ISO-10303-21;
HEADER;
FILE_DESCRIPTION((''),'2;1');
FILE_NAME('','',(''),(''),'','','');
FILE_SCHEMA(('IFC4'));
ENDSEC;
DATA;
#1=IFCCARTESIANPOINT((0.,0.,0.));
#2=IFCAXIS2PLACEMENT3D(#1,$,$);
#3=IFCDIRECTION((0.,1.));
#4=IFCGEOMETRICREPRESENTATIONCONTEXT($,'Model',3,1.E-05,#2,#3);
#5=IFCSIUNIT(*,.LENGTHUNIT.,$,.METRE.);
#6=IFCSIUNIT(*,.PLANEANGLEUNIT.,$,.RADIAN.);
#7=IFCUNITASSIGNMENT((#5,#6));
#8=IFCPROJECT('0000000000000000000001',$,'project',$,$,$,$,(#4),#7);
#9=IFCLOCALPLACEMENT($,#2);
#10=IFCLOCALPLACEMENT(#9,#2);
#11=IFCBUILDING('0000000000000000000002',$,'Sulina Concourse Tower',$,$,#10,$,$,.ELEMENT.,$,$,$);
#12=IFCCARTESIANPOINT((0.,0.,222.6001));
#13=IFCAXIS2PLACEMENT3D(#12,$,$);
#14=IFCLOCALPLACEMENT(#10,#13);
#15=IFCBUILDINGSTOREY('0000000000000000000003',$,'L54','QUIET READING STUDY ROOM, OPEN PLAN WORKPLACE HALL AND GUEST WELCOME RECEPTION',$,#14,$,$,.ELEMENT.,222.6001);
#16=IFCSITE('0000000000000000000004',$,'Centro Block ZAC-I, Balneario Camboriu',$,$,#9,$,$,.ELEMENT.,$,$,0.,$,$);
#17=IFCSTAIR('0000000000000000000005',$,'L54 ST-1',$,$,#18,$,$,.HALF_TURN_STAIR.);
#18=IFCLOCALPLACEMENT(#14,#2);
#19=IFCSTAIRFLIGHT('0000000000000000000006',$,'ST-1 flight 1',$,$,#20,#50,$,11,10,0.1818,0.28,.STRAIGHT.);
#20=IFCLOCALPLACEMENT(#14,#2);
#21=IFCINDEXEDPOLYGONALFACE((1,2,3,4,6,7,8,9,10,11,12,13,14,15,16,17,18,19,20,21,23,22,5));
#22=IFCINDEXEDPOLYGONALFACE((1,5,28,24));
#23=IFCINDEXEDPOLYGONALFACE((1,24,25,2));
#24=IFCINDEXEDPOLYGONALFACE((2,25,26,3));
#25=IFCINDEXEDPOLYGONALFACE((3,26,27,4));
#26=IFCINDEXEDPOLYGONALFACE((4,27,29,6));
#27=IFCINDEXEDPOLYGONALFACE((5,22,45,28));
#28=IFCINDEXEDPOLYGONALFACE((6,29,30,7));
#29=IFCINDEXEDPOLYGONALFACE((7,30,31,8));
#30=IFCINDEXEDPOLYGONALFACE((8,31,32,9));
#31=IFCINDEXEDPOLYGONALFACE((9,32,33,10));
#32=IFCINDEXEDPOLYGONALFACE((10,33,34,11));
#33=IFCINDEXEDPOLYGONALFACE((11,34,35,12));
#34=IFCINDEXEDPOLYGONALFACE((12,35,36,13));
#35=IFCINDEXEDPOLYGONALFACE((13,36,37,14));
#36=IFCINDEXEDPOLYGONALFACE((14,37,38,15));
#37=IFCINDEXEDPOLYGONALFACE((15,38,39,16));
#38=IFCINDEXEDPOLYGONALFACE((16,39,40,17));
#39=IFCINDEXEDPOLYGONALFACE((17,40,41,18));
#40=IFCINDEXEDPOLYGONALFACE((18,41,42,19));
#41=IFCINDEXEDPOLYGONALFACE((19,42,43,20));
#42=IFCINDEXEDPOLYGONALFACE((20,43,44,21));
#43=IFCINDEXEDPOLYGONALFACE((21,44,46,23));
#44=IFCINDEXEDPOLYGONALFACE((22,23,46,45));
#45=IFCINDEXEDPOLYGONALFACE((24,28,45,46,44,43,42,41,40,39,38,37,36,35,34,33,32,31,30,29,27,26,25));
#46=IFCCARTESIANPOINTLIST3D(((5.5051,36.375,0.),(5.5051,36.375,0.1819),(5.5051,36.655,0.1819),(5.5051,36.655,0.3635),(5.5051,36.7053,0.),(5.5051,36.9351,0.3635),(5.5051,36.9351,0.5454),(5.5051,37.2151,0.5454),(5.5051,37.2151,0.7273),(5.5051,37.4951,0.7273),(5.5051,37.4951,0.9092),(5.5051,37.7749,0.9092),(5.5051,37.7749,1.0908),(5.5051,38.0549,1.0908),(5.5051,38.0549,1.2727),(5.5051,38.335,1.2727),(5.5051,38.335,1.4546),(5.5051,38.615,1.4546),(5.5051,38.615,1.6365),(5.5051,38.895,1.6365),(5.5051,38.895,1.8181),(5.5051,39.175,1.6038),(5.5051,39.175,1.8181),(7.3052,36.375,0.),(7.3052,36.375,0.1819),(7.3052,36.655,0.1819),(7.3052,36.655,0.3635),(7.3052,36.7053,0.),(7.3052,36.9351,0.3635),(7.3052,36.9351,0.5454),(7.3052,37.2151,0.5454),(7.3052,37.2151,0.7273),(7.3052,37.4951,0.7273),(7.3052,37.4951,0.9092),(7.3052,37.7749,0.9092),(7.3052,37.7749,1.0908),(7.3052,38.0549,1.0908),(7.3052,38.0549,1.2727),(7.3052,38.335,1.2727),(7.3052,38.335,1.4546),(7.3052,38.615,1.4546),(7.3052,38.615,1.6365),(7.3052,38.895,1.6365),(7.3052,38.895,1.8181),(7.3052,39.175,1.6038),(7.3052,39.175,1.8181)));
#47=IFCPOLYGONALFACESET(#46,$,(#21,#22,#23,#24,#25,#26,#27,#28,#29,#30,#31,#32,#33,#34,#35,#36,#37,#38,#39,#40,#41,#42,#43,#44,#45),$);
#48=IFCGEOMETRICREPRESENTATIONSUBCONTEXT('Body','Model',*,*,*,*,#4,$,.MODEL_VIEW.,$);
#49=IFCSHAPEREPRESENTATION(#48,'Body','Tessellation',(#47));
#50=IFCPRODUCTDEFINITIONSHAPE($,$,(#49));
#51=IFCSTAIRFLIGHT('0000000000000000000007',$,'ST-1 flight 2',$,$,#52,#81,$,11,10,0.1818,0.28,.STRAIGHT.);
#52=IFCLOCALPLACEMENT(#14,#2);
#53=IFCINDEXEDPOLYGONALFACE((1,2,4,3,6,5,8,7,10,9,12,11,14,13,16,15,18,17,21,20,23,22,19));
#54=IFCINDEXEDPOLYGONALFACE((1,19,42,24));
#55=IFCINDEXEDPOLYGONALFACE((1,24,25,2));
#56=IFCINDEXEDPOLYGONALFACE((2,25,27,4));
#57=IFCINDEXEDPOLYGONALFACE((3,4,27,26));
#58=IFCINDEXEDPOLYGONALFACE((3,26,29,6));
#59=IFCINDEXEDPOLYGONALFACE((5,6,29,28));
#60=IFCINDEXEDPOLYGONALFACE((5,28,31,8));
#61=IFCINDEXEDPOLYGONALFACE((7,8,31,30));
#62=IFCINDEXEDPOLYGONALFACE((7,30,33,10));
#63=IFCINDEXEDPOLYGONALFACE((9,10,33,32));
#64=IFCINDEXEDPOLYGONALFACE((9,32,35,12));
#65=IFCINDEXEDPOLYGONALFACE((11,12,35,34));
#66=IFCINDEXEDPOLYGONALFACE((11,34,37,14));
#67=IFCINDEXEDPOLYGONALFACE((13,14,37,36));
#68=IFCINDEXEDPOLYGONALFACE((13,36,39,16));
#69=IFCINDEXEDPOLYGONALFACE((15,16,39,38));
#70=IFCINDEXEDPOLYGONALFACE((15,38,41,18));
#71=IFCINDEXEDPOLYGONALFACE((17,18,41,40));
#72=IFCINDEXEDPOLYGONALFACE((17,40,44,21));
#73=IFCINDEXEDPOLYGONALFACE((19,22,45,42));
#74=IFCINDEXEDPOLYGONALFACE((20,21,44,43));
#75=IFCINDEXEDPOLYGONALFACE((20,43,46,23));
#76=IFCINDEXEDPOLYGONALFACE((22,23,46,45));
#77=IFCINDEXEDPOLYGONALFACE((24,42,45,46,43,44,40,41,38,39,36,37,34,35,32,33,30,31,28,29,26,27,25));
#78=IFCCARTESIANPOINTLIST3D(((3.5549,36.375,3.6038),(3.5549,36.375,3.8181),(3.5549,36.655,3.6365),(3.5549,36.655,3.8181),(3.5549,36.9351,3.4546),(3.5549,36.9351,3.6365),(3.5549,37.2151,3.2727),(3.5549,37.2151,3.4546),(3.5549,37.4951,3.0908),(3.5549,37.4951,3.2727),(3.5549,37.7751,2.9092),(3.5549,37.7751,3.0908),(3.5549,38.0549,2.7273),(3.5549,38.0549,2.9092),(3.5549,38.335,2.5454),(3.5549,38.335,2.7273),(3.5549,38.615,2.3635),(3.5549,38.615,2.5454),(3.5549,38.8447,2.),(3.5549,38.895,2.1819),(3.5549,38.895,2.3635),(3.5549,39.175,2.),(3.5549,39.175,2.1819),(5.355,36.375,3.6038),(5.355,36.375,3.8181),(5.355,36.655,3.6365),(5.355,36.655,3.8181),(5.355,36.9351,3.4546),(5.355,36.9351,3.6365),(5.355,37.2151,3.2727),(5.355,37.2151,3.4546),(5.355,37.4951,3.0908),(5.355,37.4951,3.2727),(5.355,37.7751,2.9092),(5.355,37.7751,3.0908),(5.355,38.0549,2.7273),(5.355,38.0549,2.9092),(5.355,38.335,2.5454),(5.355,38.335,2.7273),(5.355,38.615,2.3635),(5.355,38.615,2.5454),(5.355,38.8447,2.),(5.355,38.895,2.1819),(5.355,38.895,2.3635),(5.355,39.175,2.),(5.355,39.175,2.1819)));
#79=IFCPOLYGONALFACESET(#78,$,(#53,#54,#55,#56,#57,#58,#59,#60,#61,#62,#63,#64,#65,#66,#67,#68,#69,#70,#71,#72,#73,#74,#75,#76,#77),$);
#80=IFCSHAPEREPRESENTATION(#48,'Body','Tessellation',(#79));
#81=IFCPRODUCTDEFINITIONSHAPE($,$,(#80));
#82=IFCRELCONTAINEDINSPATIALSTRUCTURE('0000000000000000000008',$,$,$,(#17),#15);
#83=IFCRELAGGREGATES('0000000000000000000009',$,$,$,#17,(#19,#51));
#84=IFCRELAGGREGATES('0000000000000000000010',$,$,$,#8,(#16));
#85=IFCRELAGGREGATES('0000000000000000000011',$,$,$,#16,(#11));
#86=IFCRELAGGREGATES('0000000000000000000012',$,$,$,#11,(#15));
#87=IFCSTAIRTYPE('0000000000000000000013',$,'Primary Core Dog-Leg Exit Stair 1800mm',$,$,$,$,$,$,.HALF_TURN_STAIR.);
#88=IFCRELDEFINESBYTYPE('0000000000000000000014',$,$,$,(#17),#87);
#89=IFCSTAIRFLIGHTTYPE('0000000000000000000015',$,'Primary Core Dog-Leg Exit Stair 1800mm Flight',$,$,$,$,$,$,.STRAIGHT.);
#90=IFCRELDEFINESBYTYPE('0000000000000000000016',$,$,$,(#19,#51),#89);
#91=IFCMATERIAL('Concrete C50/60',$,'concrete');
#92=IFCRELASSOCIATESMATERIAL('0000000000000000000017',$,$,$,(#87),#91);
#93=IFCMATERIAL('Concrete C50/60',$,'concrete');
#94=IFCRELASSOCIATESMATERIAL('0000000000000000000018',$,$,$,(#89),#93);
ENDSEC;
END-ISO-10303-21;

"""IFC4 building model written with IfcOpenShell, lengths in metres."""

from ifc_helpers import new_model, si_unit, direction, frame, origin, place, context, subcontext, project, spatial, polyline, outline, extrude, material, type_object, element, aggregate, save


model = new_model("IFC4")

# Units and contexts
model_context = context("Model", 3, precision=1e-05, world=origin(), true_north=direction((0.0, 1.0)))
body_context = subcontext(model_context, "Body", "Model", "MODEL_VIEW")
ifc_project = project(units=[si_unit("LENGTHUNIT", "METRE"), si_unit("PLANEANGLEUNIT", "RADIAN")], contexts=[model_context])

# Site, building, storey
site_placement = place(None, origin())
site = spatial("IfcSite", under=ifc_project, at=site_placement, Name="Centro Block ZAC-I, Balneario Camboriu", CompositionType="ELEMENT", RefElevation=0.0)
building_placement = place(site_placement, origin())
building = spatial("IfcBuilding", under=site, at=building_placement, Name="Sulina Concourse Tower", CompositionType="ELEMENT")
storey_placement = place(building_placement, frame((0.0, 0.0, 222.6001)))
storey = spatial("IfcBuildingStorey", under=building, at=storey_placement, Name="L54", Description="QUIET READING STUDY ROOM, OPEN PLAN WORKPLACE HALL AND GUEST WELCOME RECEPTION", CompositionType="ELEMENT", Elevation=222.6001)

# Stair, stair flights
ifc_material_1 = material(Name="Concrete C50/60", Category="concrete")
stair_type = type_object("IfcStairType", Name="Primary Core Dog-Leg Exit Stair 1800mm", PredefinedType="HALF_TURN_STAIR", material=ifc_material_1)
stair_placement = place(storey_placement, origin())
stair = element("IfcStair", 1, at=stair_placement, inside=storey, type_object=stair_type, Name="L54 ST-1", PredefinedType="HALF_TURN_STAIR")
ifc_material_2 = material(Name="Concrete C50/60", Category="concrete")
stair_flight_type = type_object("IfcStairFlightType", Name="Primary Core Dog-Leg Exit Stair 1800mm Flight", PredefinedType="STRAIGHT", material=ifc_material_2)
stair_flight_1_placement = place(storey_placement, frame((6.405, 36.375, 0.0), z_axis=(0.0, 0.0, 1.0), x_axis=(0.0, 1.0, 0.0)))
stair_flight_1 = element("IfcStairFlight", 2, at=stair_flight_1_placement, type_object=stair_flight_type, Name="ST-1 flight 1", NumberOfRisers=11, NumberOfTreads=10, PredefinedType="STRAIGHT", RiserHeight=0.1818, TreadLength=0.28, context=body_context, shape_type="SweptSolid", body=[
    extrude(outline(polyline([(0.0, 0.0), (0.0, 0.1819), (0.28, 0.1819), (0.28, 0.3635), (0.5601, 0.3635), (0.5601, 0.5454), (0.8401, 0.5454), (0.8401, 0.7273), (1.1201, 0.7273), (1.1201, 0.9092), (1.3999, 0.9092), (1.3999, 1.0908), (1.6799, 1.0908), (1.6799, 1.2727), (1.96, 1.2727), (1.96, 1.4546), (2.24, 1.4546), (2.24, 1.6365), (2.52, 1.6365), (2.52, 1.8181), (2.8, 1.8181), (2.8, 2.0), (2.8, 1.6038), (0.3303, 0.0), (0.0, 0.0)])), frame((0.0, 0.8999, 0.0), z_axis=(0.0, -1.0, 0.0), x_axis=(1.0, 0.0, 0.0)), (0.0, 0.0, 1.0), 1.8),
])
stair_flight_2_placement = place(storey_placement, frame((4.4551, 39.175, 2.0), z_axis=(0.0, 0.0, 1.0), x_axis=(0.0, -1.0, 0.0)))
stair_flight_2 = element("IfcStairFlight", 3, at=stair_flight_2_placement, type_object=stair_flight_type, Name="ST-1 flight 2", NumberOfRisers=11, NumberOfTreads=10, PredefinedType="STRAIGHT", RiserHeight=0.1818, TreadLength=0.28, context=body_context, shape_type="SweptSolid", body=[
    extrude(outline(polyline([(0.0, 0.0), (0.0, 0.1819), (0.28, 0.1819), (0.28, 0.3635), (0.5601, 0.3635), (0.5601, 0.5454), (0.8401, 0.5454), (0.8401, 0.7273), (1.1201, 0.7273), (1.1201, 0.9092), (1.3999, 0.9092), (1.3999, 1.0908), (1.6799, 1.0908), (1.6799, 1.2727), (1.96, 1.2727), (1.96, 1.4546), (2.24, 1.4546), (2.24, 1.6365), (2.52, 1.6365), (2.52, 1.8181), (2.8, 1.8181), (2.8, 2.0), (2.8, 1.6038), (0.3303, 0.0), (0.0, 0.0)])), frame((0.0, 0.8999, 0.0), z_axis=(0.0, -1.0, 0.0), x_axis=(1.0, 0.0, 0.0)), (0.0, 0.0, 1.0), 1.8),
])
aggregate(stair, [stair_flight_1, stair_flight_2])

save(model, "model.ifc")
